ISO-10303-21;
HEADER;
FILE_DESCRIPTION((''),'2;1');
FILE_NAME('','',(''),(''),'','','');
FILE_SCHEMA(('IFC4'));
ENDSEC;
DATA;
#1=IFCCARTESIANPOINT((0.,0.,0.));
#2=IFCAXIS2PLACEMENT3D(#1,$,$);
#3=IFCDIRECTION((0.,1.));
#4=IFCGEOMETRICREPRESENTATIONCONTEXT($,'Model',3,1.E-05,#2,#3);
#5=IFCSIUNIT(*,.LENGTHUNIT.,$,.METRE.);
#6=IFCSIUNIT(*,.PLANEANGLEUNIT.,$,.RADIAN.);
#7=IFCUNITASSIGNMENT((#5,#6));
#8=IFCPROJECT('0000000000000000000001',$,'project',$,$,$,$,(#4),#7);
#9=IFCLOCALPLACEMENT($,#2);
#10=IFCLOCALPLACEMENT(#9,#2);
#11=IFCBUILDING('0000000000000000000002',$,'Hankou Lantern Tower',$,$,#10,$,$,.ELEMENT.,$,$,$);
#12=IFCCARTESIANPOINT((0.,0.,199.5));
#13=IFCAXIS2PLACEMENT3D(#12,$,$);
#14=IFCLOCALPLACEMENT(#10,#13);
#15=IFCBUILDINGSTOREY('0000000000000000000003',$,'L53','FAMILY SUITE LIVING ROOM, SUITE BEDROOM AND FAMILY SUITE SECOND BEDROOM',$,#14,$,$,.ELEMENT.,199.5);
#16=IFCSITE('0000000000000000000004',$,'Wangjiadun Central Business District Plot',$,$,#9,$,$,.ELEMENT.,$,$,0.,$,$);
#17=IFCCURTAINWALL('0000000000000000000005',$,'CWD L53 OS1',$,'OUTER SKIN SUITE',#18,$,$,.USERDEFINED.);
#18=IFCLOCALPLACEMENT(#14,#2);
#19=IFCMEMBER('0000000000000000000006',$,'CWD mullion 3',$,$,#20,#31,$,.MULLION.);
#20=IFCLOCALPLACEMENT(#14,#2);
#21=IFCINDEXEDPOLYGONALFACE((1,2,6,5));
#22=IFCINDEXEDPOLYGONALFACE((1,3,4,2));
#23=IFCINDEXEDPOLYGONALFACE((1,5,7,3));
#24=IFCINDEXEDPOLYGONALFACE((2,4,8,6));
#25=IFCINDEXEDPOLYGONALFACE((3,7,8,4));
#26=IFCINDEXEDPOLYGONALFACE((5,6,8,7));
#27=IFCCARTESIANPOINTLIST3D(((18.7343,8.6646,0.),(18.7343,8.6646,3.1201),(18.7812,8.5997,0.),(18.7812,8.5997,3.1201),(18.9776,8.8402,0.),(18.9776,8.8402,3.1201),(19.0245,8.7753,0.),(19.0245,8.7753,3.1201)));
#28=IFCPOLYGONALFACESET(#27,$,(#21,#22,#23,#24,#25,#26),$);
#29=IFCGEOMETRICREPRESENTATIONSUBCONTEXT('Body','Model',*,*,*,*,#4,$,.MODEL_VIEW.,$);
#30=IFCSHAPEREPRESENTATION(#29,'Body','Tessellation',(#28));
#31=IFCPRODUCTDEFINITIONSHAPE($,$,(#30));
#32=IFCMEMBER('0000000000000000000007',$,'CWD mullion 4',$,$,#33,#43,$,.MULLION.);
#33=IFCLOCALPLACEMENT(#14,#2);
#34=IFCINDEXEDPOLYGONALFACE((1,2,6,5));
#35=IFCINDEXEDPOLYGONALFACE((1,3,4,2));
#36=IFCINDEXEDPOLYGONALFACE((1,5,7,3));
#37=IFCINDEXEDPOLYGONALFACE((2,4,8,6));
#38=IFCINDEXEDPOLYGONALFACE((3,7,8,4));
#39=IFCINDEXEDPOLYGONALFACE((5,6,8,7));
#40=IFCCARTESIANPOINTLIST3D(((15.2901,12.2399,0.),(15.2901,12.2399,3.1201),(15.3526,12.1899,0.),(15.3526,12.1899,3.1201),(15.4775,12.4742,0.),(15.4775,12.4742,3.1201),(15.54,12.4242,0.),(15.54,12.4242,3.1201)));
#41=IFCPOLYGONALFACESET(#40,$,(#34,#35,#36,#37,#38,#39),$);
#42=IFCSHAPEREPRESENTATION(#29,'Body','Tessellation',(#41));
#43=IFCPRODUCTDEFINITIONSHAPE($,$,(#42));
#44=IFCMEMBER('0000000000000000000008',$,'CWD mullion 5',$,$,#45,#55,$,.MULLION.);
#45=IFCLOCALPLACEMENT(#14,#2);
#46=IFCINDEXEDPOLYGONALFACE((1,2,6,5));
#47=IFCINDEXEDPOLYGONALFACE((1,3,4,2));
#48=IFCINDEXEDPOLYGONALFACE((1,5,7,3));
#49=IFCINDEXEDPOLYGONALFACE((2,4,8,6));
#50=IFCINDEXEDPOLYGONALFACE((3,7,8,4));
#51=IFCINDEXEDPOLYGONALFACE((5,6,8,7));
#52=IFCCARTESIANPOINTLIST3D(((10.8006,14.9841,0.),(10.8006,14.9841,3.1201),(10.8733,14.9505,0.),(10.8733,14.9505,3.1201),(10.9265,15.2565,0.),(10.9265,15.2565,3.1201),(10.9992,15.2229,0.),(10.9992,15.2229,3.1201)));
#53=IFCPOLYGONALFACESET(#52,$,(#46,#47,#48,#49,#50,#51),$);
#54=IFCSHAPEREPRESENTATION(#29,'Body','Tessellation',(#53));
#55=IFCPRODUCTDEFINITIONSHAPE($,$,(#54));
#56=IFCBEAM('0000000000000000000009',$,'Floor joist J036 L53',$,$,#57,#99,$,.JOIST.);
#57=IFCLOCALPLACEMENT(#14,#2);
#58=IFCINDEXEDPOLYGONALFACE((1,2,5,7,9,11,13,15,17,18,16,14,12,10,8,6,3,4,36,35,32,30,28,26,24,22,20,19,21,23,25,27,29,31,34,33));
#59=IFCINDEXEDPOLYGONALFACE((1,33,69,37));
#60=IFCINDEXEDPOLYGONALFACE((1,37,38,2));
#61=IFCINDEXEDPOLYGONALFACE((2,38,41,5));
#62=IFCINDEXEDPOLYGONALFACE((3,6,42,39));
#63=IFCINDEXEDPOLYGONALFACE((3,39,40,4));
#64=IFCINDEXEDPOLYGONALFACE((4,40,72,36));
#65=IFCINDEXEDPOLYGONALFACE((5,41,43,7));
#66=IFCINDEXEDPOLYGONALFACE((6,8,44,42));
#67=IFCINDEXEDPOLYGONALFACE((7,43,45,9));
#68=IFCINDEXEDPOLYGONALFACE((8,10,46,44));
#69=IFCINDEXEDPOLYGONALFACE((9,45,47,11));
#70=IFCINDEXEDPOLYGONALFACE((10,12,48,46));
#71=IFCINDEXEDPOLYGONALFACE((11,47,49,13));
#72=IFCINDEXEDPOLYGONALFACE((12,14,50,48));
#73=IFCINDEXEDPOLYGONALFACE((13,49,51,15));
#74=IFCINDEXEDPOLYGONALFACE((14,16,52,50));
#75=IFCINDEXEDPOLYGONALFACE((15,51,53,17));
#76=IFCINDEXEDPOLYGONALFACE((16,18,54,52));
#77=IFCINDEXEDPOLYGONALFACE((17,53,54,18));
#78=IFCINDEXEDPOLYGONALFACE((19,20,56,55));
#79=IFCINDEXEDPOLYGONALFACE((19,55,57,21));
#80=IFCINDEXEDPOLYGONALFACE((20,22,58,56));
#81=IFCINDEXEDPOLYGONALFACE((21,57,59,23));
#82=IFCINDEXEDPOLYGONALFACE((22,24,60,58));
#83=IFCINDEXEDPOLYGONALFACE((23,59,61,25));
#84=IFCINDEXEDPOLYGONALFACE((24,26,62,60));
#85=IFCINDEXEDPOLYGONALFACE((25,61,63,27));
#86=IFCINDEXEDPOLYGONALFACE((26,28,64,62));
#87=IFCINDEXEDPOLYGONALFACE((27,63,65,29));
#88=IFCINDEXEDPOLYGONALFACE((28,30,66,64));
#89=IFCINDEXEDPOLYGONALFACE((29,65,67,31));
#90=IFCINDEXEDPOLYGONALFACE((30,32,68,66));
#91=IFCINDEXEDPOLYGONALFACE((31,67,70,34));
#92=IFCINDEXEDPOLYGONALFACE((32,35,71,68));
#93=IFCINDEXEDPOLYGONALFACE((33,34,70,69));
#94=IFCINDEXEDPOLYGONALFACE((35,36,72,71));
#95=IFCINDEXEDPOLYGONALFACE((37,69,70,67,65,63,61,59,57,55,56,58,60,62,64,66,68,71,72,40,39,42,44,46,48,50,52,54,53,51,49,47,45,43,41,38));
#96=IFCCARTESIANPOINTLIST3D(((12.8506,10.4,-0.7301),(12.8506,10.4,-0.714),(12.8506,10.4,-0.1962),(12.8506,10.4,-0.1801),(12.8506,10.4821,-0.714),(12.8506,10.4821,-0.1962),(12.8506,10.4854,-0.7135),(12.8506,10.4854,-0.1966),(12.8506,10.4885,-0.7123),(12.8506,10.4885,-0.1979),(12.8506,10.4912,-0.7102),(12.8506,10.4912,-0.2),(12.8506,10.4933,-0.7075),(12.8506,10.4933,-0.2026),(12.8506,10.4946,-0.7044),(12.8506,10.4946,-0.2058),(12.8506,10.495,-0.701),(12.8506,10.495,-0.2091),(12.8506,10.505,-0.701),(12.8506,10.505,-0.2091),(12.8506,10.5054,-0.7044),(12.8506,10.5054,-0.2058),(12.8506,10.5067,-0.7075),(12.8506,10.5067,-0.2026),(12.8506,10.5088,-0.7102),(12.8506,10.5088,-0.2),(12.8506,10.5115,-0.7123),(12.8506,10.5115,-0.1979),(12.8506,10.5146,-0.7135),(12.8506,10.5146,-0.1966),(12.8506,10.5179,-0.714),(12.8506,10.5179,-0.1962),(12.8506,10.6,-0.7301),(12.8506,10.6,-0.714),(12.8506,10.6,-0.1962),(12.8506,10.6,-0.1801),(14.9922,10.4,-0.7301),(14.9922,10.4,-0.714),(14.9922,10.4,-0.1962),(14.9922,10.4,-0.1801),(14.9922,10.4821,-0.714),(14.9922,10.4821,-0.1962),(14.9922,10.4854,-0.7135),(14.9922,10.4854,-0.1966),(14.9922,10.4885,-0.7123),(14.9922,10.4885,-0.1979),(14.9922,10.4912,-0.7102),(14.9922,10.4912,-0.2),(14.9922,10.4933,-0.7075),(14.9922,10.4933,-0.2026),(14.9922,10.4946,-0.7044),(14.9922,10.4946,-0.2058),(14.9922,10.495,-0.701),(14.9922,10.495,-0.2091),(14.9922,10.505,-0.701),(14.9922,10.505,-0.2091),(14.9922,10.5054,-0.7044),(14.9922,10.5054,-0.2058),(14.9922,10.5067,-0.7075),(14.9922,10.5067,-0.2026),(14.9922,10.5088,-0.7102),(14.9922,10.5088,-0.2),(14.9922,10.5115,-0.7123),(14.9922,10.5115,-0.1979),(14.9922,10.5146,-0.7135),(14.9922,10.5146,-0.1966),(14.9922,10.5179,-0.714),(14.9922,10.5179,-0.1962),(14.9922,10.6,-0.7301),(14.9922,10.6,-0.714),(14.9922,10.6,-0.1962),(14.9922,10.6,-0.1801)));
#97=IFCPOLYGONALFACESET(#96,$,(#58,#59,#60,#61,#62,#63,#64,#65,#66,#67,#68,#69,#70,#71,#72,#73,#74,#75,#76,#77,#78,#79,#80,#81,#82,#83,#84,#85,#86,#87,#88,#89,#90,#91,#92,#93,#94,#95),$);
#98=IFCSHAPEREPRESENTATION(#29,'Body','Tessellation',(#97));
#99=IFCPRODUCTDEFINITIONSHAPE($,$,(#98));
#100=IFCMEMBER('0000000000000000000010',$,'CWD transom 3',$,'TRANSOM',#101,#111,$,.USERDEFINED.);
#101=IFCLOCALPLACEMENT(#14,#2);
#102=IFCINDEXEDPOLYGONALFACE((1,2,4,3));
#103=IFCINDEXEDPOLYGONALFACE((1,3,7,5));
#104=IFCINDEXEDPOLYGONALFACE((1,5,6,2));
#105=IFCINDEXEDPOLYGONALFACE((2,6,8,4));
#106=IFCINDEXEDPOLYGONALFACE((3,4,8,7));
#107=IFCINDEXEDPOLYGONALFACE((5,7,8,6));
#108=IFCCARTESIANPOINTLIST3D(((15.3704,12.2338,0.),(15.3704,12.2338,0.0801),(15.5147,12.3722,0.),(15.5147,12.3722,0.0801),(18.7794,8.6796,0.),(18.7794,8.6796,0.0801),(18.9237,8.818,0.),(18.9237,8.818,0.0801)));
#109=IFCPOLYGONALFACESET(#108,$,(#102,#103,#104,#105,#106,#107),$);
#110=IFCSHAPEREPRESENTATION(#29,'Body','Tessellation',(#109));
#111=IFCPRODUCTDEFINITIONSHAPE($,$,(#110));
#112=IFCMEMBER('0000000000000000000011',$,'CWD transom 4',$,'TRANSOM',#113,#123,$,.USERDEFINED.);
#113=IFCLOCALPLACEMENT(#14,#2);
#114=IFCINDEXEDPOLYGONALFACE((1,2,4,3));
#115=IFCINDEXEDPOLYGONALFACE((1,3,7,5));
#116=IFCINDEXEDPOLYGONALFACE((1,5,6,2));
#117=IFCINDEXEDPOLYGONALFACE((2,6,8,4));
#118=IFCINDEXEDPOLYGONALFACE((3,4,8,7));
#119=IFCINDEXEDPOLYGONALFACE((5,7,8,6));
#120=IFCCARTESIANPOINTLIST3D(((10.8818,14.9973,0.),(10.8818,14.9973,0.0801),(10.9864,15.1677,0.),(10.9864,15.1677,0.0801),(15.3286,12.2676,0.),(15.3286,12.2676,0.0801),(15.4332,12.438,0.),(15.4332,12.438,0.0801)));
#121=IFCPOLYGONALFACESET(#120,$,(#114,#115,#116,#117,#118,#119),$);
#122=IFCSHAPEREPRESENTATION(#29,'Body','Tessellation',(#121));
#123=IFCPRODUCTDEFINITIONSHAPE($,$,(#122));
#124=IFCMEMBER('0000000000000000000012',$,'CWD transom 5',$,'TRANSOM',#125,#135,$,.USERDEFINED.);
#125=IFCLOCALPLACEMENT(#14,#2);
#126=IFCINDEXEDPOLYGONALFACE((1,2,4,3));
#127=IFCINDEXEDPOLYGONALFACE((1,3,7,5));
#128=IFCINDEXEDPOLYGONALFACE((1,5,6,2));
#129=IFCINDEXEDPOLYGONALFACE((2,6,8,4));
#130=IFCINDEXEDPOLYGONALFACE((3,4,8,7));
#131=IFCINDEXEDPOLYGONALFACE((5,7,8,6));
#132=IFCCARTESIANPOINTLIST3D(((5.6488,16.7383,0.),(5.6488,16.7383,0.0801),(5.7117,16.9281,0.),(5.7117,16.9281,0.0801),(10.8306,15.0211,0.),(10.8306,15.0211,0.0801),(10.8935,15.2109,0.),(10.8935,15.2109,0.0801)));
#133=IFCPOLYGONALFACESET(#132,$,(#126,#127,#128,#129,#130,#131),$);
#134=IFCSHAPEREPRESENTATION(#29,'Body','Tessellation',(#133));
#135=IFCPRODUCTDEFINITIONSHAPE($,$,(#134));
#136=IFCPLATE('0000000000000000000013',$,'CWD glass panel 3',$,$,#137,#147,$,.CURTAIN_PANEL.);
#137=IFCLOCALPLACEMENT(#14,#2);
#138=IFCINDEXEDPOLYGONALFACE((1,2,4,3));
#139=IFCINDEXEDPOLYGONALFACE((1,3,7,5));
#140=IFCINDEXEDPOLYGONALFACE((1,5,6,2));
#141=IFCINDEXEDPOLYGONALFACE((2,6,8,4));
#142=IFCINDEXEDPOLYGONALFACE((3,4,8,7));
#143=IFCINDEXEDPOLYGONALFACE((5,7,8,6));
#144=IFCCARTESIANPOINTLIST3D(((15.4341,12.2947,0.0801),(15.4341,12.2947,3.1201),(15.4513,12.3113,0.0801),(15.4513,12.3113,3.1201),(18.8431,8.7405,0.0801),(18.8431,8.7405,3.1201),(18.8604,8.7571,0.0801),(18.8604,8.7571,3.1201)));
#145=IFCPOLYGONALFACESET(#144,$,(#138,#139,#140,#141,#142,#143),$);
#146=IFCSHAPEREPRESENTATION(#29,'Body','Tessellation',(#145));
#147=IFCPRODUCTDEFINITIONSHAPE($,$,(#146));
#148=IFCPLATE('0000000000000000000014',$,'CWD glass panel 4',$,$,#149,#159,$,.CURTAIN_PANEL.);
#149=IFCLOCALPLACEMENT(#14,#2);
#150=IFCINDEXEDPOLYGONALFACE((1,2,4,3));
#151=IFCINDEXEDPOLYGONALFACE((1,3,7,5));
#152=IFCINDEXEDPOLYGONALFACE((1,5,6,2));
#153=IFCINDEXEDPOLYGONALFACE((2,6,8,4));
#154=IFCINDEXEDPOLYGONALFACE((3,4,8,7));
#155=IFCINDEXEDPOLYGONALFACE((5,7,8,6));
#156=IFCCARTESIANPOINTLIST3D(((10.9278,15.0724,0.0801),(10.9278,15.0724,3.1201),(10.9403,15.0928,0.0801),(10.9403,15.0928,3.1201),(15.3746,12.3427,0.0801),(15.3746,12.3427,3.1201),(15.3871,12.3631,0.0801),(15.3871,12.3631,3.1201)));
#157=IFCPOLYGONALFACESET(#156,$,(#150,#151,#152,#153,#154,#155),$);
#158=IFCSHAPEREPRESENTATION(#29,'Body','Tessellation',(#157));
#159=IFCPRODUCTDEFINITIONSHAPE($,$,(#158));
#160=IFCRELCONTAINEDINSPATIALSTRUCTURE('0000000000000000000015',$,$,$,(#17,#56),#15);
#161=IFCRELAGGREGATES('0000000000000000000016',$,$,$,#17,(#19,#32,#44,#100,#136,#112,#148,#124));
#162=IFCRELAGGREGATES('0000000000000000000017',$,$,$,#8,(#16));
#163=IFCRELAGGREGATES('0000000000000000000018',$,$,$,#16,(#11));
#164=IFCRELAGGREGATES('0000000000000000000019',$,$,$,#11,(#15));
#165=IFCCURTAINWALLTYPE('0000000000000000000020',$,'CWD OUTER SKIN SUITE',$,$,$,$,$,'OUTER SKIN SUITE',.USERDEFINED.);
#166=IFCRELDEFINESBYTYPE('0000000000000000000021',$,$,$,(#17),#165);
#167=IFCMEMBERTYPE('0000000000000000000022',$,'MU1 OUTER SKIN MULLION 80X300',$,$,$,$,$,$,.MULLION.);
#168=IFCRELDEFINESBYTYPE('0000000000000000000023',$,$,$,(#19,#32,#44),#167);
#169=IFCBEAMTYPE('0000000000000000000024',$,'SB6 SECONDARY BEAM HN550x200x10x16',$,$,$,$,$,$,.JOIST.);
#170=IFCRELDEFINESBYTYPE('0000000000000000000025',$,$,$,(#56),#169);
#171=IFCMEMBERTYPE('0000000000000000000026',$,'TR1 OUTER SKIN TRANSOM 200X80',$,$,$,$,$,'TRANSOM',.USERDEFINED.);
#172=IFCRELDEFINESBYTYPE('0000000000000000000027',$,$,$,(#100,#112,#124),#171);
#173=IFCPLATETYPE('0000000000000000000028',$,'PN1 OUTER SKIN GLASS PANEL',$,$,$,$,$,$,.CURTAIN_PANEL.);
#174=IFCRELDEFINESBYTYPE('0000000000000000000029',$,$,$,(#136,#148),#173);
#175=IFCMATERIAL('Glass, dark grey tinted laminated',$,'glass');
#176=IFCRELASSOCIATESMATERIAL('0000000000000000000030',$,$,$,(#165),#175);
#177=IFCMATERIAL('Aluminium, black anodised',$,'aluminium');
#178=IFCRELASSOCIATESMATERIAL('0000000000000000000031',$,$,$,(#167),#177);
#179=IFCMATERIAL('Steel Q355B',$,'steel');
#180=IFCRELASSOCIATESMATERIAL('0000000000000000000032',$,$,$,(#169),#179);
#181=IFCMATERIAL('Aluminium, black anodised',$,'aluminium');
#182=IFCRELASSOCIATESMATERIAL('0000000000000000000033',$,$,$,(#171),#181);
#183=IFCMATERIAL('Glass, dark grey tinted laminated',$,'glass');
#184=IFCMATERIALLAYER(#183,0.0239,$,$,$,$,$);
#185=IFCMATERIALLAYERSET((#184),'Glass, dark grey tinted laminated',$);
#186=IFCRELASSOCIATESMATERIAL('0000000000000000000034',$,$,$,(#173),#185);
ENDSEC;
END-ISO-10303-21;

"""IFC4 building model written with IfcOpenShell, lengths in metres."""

from ifc_helpers import new_model, si_unit, direction, frame, origin, origin_2d, place, context, subcontext, project, spatial, rectangle, i_section, extrude, material, layer, layer_set, material_profile, profile_set, type_object, element, aggregate, save


model = new_model("IFC4")

# Units and contexts
model_context = context("Model", 3, precision=1e-05, world=origin(), true_north=direction((0.0, 1.0)))
body_context = subcontext(model_context, "Body", "Model", "MODEL_VIEW")
ifc_project = project(units=[si_unit("LENGTHUNIT", "METRE"), si_unit("PLANEANGLEUNIT", "RADIAN")], contexts=[model_context])

# Site, building, storey
site_placement = place(None, origin())
site = spatial("IfcSite", under=ifc_project, at=site_placement, Name="Wangjiadun Central Business District Plot", CompositionType="ELEMENT", RefElevation=0.0)
building_placement = place(site_placement, origin())
building = spatial("IfcBuilding", under=site, at=building_placement, Name="Hankou Lantern Tower", CompositionType="ELEMENT")
storey_placement = place(building_placement, frame((0.0, 0.0, 199.5)))
storey = spatial("IfcBuildingStorey", under=building, at=storey_placement, Name="L53", Description="FAMILY SUITE LIVING ROOM, SUITE BEDROOM AND FAMILY SUITE SECOND BEDROOM", CompositionType="ELEMENT", Elevation=199.5)

# Curtain wall, members
ifc_material_1 = material(Name="Glass, dark grey tinted laminated", Category="glass")
curtain_wall_type = type_object("IfcCurtainWallType", Name="CWD OUTER SKIN SUITE", ElementType="OUTER SKIN SUITE", PredefinedType="USERDEFINED", material=ifc_material_1)
curtain_wall_placement = place(storey_placement, origin())
curtain_wall = element("IfcCurtainWall", 1, at=curtain_wall_placement, inside=storey, type_object=curtain_wall_type, Name="CWD L53 OS1", ObjectType="OUTER SKIN SUITE", PredefinedType="USERDEFINED")
ifc_material_2 = material(Name="Aluminium, black anodised", Category="aluminium")
ifc_material_profile_1 = material_profile(ifc_material_2, rectangle(XDim=0.0801, YDim=0.3, at=origin_2d()), Name="MU1 80X300")
ifc_profile_set_1 = profile_set([ifc_material_profile_1], Name="Aluminium, black anodised")
member_type_1 = type_object("IfcMemberType", Name="MU1 OUTER SKIN MULLION 80X300", PredefinedType="MULLION", material=ifc_profile_set_1)
member_1_placement = place(storey_placement, frame((18.8794, 8.72, 0.0), z_axis=(0.0, 0.0, 1.0), x_axis=(-0.585206, 0.810885, 0.0)))
member_1 = element("IfcMember", 2, at=member_1_placement, type_object=member_type_1, Name="CWD mullion 3", PredefinedType="MULLION", context=body_context, shape_type="SweptSolid", body=[
    extrude(rectangle(XDim=0.0801, YDim=0.3, at=origin_2d()), origin(), (0.0, 0.0, 1.0), 3.1201),
])
member_2_placement = place(storey_placement, frame((15.415, 12.332, 0.0), z_axis=(0.0, 0.0, 1.0), x_axis=(-0.780869, 0.624695, 0.0)))
member_2 = element("IfcMember", 3, at=member_2_placement, type_object=member_type_1, Name="CWD mullion 4", PredefinedType="MULLION", context=body_context, shape_type="SweptSolid", body=[
    extrude(rectangle(XDim=0.0801, YDim=0.3, at=origin_2d()), origin(), (0.0, 0.0, 1.0), 3.1201),
])
member_3_placement = place(storey_placement, frame((10.8999, 15.1035, 0.0), z_axis=(0.0, 0.0, 1.0), x_axis=(-0.907841, 0.419314, 0.0)))
member_3 = element("IfcMember", 4, at=member_3_placement, type_object=member_type_1, Name="CWD mullion 5", PredefinedType="MULLION", context=body_context, shape_type="SweptSolid", body=[
    extrude(rectangle(XDim=0.0801, YDim=0.3, at=origin_2d()), origin(), (0.0, 0.0, 1.0), 3.1201),
])

# Beam
ifc_material_3 = material(Name="Steel Q355B", Category="steel")
ifc_material_profile_2 = material_profile(ifc_material_3, i_section(OverallWidth=0.2, OverallDepth=0.55, WebThickness=0.01, FlangeThickness=0.0161, FilletRadius=0.0129, at=origin_2d()), Name="HN550x200x10x16")
ifc_profile_set_2 = profile_set([ifc_material_profile_2], Name="Steel Q355B")
beam_type_1 = type_object("IfcBeamType", Name="SB6 SECONDARY BEAM HN550x200x10x16", PredefinedType="JOIST", material=ifc_profile_set_2)
beam_1_placement = place(storey_placement, frame((12.8506, 10.5, -0.4551), z_axis=(1.0, 0.0, 0.0), x_axis=(0.0, 1.0, 0.0)))
element("IfcBeam", 5, at=beam_1_placement, inside=storey, type_object=beam_type_1, Name="Floor joist J036 L53", PredefinedType="JOIST", context=body_context, shape_type="SweptSolid", body=[
    extrude(i_section(OverallWidth=0.2, OverallDepth=0.55, WebThickness=0.01, FlangeThickness=0.0161, FilletRadius=0.0129, at=origin_2d()), origin(), (0.0, 0.0, 1.0), 2.1416),
])

# Members
ifc_material_4 = material(Name="Aluminium, black anodised", Category="aluminium")
ifc_material_profile_3 = material_profile(ifc_material_4, rectangle(XDim=0.2, YDim=0.0801, at=origin_2d()), Name="TR1 200X80")
ifc_profile_set_3 = profile_set([ifc_material_profile_3], Name="Aluminium, black anodised")
member_type_2 = type_object("IfcMemberType", Name="TR1 OUTER SKIN TRANSOM 200X80", ElementType="TRANSOM", PredefinedType="USERDEFINED", material=ifc_profile_set_3)
member_4_placement = place(storey_placement, frame((18.8516, 8.7488, 0.04), z_axis=(-0.692205, 0.721701, 0.0), x_axis=(-0.721701, -0.692205, 0.0)))
member_4 = element("IfcMember", 6, at=member_4_placement, type_object=member_type_2, Name="CWD transom 3", ObjectType="TRANSOM", PredefinedType="USERDEFINED", context=body_context, shape_type="SweptSolid", body=[
    extrude(rectangle(XDim=0.2, YDim=0.0801, at=origin_2d()), origin(), (0.0, 0.0, 1.0), 4.9248),
])
member_5_placement = place(storey_placement, frame((15.3809, 12.3528, 0.04), z_axis=(-0.852235, 0.52316, 0.0), x_axis=(-0.52316, -0.852235, 0.0)))
member_5 = element("IfcMember", 7, at=member_5_placement, type_object=member_type_2, Name="CWD transom 4", ObjectType="TRANSOM", PredefinedType="USERDEFINED", context=body_context, shape_type="SweptSolid", body=[
    extrude(rectangle(XDim=0.2, YDim=0.0801, at=origin_2d()), origin(), (0.0, 0.0, 1.0), 5.2178),
])
member_6_placement = place(storey_placement, frame((10.8621, 15.116, 0.04), z_axis=(-0.949232, 0.314577, 0.0), x_axis=(-0.314577, -0.949232, 0.0)))
member_6 = element("IfcMember", 8, at=member_6_placement, type_object=member_type_2, Name="CWD transom 5", ObjectType="TRANSOM", PredefinedType="USERDEFINED", context=body_context, shape_type="SweptSolid", body=[
    extrude(rectangle(XDim=0.2, YDim=0.0801, at=origin_2d()), origin(), (0.0, 0.0, 1.0), 5.459),
])

# Plates
ifc_material_5 = material(Name="Glass, dark grey tinted laminated", Category="glass")
ifc_layer_1 = layer(ifc_material_5, 0.0239)
ifc_layer_set_1 = layer_set([ifc_layer_1], Name="Glass, dark grey tinted laminated")
plate_type = type_object("IfcPlateType", Name="PN1 OUTER SKIN GLASS PANEL", PredefinedType="CURTAIN_PANEL", material=ifc_layer_set_1)
plate_1_placement = place(storey_placement, frame((17.1472, 10.5259, 0.0801), z_axis=(0.0, 0.0, 1.0), x_axis=(-0.692216, 0.721691, 0.0)))
plate_1 = element("IfcPlate", 9, at=plate_1_placement, type_object=plate_type, Name="CWD glass panel 3", PredefinedType="CURTAIN_PANEL", context=body_context, shape_type="SweptSolid", body=[
    extrude(rectangle(XDim=4.9248, YDim=0.0239, at=origin_2d()), origin(), (0.0, 0.0, 1.0), 3.04),
])
plate_2_placement = place(storey_placement, frame((13.1575, 13.7178, 0.0801), z_axis=(0.0, 0.0, 1.0), x_axis=(-0.852237, 0.523156, 0.0)))
plate_2 = element("IfcPlate", 10, at=plate_2_placement, type_object=plate_type, Name="CWD glass panel 4", PredefinedType="CURTAIN_PANEL", context=body_context, shape_type="SweptSolid", body=[
    extrude(rectangle(XDim=5.2178, YDim=0.0239, at=origin_2d()), origin(), (0.0, 0.0, 1.0), 3.04),
])
aggregate(curtain_wall, [member_1, member_2, member_3, member_4, plate_1, member_5, plate_2, member_6])

save(model, "model.ifc")
